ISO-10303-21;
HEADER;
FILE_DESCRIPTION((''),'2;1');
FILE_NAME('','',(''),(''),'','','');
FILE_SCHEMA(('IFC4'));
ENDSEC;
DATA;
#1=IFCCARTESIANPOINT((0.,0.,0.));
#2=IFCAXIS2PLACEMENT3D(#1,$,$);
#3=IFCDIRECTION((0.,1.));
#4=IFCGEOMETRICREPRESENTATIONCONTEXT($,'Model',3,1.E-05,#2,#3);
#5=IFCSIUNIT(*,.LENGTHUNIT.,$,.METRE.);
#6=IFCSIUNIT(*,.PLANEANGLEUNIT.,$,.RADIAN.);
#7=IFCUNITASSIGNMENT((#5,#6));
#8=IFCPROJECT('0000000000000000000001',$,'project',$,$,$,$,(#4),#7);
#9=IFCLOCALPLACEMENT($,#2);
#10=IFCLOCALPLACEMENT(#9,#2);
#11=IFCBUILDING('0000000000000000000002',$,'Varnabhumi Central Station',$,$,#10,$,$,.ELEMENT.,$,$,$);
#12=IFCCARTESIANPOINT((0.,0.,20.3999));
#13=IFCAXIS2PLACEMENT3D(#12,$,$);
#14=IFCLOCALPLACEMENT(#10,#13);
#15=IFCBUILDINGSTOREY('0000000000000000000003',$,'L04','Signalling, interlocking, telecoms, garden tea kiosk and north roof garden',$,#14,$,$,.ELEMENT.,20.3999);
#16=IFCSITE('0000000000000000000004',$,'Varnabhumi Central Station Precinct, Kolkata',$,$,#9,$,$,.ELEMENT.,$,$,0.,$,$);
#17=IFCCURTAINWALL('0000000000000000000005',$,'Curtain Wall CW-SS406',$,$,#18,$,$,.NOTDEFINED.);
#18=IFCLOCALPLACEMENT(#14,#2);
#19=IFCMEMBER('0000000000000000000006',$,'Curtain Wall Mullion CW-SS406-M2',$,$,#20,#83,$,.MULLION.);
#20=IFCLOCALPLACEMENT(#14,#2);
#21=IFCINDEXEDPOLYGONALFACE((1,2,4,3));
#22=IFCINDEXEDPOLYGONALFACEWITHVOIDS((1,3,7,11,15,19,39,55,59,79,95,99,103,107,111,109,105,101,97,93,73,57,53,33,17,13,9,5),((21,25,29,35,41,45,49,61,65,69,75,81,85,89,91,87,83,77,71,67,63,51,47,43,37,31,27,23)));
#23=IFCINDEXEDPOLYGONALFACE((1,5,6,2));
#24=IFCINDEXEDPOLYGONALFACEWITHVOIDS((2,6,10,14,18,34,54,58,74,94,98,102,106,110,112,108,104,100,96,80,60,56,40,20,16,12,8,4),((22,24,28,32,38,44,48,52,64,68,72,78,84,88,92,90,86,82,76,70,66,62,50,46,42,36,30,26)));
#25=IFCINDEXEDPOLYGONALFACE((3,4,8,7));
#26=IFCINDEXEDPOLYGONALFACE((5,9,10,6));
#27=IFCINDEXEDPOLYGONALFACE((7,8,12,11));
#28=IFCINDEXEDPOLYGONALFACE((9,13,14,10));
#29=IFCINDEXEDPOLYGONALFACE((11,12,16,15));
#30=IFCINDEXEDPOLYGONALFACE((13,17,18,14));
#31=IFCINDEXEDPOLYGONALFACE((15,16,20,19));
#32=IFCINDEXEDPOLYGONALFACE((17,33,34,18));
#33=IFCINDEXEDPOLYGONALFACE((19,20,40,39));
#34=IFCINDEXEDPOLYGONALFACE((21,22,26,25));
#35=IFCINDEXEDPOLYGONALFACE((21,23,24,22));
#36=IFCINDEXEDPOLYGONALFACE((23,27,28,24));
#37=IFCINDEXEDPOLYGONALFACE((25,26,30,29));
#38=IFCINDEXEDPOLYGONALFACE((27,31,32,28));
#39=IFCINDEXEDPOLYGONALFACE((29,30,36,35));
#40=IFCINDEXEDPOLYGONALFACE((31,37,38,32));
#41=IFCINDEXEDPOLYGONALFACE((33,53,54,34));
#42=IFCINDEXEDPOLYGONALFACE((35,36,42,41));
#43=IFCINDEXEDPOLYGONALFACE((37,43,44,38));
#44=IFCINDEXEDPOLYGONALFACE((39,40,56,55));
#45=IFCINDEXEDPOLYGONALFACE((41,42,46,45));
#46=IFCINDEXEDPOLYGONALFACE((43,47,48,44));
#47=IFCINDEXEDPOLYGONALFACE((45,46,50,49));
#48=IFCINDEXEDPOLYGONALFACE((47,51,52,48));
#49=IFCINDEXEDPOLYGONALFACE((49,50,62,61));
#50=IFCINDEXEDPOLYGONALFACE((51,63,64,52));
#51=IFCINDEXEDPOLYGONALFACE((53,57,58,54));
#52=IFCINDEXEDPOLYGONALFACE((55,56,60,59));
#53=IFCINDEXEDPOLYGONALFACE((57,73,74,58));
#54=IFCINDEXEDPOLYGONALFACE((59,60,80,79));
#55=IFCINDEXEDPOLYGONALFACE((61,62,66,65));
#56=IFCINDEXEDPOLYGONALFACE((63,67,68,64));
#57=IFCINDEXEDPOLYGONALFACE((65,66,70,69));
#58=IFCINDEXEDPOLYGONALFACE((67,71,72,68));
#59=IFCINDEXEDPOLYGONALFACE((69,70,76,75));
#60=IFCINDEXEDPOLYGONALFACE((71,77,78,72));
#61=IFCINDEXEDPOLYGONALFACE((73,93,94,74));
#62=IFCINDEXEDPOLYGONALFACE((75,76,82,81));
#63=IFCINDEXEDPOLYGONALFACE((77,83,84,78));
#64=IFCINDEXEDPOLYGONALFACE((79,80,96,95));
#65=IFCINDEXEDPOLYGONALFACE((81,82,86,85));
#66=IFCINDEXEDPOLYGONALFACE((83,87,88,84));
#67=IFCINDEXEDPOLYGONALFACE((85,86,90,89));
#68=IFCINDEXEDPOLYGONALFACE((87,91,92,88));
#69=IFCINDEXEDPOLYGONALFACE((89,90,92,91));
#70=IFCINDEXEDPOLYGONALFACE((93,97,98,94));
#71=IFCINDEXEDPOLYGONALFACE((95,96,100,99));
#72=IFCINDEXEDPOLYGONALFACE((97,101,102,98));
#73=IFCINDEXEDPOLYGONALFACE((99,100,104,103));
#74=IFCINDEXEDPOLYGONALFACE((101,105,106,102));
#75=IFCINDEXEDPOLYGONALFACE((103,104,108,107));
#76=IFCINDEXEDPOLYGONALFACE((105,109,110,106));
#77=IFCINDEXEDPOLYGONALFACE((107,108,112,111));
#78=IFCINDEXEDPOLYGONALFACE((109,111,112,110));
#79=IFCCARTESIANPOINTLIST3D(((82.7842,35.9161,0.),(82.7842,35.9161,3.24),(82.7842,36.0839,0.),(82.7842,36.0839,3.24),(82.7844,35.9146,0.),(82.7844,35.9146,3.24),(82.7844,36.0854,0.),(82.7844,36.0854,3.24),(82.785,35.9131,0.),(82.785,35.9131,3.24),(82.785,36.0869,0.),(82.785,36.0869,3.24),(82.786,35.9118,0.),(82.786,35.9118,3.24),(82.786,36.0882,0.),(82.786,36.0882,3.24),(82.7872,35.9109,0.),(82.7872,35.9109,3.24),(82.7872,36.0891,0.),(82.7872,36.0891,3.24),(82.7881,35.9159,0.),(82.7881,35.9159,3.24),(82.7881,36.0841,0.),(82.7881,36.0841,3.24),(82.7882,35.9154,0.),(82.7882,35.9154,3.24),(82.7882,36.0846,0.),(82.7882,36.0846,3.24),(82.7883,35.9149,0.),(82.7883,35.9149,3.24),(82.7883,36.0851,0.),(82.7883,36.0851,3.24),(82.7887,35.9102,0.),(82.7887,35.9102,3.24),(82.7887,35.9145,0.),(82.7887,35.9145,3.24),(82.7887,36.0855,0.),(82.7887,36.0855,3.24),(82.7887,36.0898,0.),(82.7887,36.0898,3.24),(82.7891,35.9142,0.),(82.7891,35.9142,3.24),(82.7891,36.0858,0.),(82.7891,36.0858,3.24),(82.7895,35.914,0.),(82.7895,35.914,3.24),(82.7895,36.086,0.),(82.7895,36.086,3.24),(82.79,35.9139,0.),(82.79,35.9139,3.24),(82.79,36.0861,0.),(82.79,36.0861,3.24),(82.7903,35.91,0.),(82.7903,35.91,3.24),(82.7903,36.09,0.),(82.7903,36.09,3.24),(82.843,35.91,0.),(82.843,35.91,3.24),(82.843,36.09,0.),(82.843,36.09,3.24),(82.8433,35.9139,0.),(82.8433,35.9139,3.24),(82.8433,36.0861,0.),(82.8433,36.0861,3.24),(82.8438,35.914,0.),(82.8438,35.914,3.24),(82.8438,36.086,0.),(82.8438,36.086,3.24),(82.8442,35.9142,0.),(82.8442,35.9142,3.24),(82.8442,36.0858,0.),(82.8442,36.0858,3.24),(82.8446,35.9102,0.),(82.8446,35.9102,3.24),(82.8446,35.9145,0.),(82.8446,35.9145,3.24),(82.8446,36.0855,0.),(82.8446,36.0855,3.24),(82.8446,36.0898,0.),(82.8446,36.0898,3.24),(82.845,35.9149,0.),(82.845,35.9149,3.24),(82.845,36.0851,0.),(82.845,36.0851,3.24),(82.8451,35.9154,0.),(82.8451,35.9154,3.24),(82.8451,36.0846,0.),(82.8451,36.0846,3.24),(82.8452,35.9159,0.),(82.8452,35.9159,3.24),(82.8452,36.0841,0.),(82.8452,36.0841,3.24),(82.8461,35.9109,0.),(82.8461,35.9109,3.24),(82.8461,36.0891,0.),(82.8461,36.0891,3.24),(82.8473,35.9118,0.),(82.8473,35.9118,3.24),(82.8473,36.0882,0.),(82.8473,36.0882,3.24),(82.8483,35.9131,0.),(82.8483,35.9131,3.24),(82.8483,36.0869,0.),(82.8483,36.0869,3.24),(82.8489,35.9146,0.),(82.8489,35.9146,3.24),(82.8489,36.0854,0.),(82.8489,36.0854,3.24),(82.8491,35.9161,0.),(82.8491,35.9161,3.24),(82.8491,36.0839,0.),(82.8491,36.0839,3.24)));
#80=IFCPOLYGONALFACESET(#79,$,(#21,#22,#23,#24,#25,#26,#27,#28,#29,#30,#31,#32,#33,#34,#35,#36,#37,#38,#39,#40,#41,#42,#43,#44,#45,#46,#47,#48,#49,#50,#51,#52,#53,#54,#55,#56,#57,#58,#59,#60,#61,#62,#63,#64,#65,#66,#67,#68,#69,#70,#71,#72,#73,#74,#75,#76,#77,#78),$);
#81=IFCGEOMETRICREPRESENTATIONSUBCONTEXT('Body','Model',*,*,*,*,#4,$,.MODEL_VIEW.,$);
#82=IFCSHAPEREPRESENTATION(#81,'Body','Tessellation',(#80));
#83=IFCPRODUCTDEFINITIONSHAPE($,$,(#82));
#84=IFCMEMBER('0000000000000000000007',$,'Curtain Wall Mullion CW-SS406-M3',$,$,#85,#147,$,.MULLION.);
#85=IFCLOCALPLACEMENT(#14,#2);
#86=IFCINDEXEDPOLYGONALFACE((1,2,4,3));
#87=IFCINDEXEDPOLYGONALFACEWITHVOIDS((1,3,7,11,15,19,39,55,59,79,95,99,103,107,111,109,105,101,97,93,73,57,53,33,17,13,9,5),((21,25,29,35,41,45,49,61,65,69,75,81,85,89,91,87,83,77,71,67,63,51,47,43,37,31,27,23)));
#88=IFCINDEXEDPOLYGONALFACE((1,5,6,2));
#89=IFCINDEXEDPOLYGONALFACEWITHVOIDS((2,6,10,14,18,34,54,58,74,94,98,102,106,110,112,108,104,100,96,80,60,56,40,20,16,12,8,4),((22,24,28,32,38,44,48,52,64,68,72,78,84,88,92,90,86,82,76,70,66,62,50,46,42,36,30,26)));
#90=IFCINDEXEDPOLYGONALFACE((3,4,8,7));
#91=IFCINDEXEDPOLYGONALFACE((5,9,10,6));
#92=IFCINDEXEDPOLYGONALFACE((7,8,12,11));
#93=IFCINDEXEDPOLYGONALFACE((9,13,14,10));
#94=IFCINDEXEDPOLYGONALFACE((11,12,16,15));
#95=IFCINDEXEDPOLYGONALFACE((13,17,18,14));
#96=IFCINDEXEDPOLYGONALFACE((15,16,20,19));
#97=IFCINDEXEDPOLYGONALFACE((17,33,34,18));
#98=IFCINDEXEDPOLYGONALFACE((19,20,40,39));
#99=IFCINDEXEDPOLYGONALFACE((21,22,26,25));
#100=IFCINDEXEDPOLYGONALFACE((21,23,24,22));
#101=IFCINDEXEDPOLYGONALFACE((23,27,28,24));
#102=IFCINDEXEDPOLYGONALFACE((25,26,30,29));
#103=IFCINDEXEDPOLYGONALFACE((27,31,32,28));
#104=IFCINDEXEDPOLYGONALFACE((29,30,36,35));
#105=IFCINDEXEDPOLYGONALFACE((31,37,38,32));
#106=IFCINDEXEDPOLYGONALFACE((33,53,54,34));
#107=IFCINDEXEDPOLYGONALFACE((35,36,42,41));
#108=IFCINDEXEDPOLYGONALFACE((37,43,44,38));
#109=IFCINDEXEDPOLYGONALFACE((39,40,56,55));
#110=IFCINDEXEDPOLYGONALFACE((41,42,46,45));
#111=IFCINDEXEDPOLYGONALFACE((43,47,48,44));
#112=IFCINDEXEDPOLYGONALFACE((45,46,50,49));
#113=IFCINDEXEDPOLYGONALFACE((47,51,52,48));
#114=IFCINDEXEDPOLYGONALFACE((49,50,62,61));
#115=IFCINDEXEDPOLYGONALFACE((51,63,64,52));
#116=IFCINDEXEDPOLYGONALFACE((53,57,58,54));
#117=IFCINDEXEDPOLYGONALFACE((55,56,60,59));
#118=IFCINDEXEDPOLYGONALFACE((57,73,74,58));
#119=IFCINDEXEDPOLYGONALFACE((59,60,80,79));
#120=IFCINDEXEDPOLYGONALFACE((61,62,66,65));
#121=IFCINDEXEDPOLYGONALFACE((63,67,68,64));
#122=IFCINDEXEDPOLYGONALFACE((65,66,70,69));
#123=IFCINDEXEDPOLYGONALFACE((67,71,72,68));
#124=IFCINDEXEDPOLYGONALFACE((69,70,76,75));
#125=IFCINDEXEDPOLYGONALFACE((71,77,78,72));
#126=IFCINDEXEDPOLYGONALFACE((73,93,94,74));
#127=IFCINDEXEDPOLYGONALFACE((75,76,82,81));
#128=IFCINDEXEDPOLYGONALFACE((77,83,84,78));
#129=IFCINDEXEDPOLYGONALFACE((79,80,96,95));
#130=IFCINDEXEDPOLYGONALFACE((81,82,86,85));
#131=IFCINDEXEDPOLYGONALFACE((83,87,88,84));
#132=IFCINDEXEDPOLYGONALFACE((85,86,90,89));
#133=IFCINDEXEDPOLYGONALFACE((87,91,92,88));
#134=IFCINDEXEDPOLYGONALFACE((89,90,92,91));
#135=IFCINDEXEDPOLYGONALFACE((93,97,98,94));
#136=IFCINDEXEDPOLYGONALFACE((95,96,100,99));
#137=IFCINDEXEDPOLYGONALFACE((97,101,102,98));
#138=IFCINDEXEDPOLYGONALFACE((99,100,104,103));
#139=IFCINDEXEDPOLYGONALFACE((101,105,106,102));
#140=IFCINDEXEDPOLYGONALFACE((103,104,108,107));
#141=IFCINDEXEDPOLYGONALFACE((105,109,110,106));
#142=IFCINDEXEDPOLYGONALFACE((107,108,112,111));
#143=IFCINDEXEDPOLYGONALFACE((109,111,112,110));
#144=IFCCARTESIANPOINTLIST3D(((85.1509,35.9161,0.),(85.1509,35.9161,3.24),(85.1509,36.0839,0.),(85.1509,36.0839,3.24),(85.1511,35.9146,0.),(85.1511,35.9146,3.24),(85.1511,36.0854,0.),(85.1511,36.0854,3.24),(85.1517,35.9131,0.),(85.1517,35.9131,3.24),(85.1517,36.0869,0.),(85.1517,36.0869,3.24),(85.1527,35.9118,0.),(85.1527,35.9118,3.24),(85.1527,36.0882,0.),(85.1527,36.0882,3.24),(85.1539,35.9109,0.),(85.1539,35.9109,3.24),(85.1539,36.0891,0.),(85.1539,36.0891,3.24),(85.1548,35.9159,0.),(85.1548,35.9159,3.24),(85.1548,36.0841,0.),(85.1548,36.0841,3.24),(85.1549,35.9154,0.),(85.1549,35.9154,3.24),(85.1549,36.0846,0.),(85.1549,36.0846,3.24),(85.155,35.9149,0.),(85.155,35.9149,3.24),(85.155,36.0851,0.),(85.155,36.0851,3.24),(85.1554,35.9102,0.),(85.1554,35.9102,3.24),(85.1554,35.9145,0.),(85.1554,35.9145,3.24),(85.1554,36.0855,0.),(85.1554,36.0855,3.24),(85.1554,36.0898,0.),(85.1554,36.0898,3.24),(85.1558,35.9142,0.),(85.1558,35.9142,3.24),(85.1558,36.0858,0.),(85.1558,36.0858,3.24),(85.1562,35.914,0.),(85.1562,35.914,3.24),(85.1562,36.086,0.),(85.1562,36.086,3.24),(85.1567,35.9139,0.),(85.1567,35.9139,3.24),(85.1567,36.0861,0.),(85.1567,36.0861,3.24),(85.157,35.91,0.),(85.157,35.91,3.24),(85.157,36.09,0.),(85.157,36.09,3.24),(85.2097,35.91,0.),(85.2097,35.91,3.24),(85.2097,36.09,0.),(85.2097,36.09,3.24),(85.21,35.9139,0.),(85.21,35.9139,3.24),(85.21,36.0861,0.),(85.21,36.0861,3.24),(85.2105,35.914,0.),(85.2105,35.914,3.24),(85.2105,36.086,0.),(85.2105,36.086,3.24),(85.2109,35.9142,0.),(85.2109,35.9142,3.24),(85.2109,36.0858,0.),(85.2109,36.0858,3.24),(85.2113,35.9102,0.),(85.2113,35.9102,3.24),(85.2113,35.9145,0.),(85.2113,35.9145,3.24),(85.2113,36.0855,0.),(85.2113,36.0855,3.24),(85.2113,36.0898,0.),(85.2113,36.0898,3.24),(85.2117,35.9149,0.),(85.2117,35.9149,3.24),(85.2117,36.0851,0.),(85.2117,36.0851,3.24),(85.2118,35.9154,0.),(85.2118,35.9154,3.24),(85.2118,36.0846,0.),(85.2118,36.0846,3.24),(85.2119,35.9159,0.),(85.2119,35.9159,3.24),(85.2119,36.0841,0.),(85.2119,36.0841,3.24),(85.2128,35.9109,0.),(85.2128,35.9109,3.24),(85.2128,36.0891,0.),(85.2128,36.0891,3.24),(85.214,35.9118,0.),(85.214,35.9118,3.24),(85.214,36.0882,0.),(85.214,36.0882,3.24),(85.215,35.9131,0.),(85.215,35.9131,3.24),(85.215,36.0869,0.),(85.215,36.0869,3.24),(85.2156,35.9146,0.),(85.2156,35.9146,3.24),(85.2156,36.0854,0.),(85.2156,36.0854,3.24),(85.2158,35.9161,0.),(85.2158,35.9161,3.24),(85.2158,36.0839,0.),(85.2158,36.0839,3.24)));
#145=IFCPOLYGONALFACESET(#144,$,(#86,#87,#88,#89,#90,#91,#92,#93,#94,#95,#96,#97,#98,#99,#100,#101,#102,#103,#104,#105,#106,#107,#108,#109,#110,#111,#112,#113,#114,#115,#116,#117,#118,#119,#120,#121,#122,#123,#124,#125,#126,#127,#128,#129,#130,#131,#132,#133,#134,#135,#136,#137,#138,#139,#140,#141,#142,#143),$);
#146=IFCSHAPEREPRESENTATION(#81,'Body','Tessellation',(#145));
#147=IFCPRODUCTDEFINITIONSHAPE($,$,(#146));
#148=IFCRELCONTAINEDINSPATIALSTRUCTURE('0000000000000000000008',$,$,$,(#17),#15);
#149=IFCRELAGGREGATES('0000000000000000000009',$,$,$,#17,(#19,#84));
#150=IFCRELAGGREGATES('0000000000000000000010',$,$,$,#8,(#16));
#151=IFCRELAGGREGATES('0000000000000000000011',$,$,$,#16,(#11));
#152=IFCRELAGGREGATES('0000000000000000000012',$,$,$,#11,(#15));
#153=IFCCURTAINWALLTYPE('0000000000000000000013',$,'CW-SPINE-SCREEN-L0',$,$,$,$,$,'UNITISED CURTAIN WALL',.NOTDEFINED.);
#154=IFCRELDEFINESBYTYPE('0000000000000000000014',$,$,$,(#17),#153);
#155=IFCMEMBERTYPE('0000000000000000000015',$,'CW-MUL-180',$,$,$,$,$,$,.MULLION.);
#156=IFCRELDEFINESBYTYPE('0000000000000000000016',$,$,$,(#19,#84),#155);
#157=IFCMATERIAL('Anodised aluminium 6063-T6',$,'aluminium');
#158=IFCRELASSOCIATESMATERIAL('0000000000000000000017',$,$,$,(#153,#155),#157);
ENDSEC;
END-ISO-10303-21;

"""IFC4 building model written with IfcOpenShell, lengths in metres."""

from ifc_helpers import new_model, si_unit, direction, frame, origin, origin_2d, place, context, subcontext, project, spatial, hollow_rectangle, extrude, material, material_profile, profile_set, type_object, element, aggregate, save


model = new_model("IFC4")

# Units and contexts
model_context = context("Model", 3, precision=1e-05, world=origin(), true_north=direction((0.0, 1.0)))
body_context = subcontext(model_context, "Body", "Model", "MODEL_VIEW")
ifc_project = project(units=[si_unit("LENGTHUNIT", "METRE"), si_unit("PLANEANGLEUNIT", "RADIAN")], contexts=[model_context])

# Site, building, storey
site_placement = place(None, origin())
site = spatial("IfcSite", under=ifc_project, at=site_placement, Name="Varnabhumi Central Station Precinct, Kolkata", CompositionType="ELEMENT", RefElevation=0.0)
building_placement = place(site_placement, origin())
building = spatial("IfcBuilding", under=site, at=building_placement, Name="Varnabhumi Central Station", CompositionType="ELEMENT")
storey_placement = place(building_placement, frame((0.0, 0.0, 20.3999)))
storey = spatial("IfcBuildingStorey", under=building, at=storey_placement, Name="L04", Description="Signalling, interlocking, telecoms, garden tea kiosk and north roof garden", CompositionType="ELEMENT", Elevation=20.3999)

# Curtain wall, members
ifc_material_1 = material(Name="Anodised aluminium 6063-T6", Category="aluminium")
curtain_wall_type = type_object("IfcCurtainWallType", Name="CW-SPINE-SCREEN-L0", ElementType="UNITISED CURTAIN WALL", PredefinedType="NOTDEFINED", material=ifc_material_1)
curtain_wall_placement = place(storey_placement, origin())
curtain_wall = element("IfcCurtainWall", 1, at=curtain_wall_placement, inside=storey, type_object=curtain_wall_type, Name="Curtain Wall CW-SS406", PredefinedType="NOTDEFINED")
ifc_material_profile_1 = material_profile(ifc_material_1, hollow_rectangle(XDim=0.0649, YDim=0.1799, WallThickness=0.0039, InnerFilletRadius=0.002, OuterFilletRadius=0.0061, at=origin_2d()), Name="Anodised aluminium 6063-T6", Category="aluminium")
ifc_profile_set_1 = profile_set([ifc_material_profile_1], Name="Anodised aluminium 6063-T6")
member_type_1 = type_object("IfcMemberType", Name="CW-MUL-180", PredefinedType="MULLION", material=ifc_profile_set_1)
member_1_placement = place(storey_placement, frame((82.8167, 36.0, 0.0), z_axis=(0.0, 0.0, 1.0), x_axis=(1.0, 0.0, 0.0)))
member_1 = element("IfcMember", 2, at=member_1_placement, type_object=member_type_1, Name="Curtain Wall Mullion CW-SS406-M2", PredefinedType="MULLION", context=body_context, shape_type="SweptSolid", body=[
    extrude(hollow_rectangle(XDim=0.0649, YDim=0.1799, WallThickness=0.0039, InnerFilletRadius=0.002, OuterFilletRadius=0.0061, at=origin_2d()), origin(), (0.0, 0.0, 1.0), 3.24),
])
member_2_placement = place(storey_placement, frame((85.1833, 36.0, 0.0), z_axis=(0.0, 0.0, 1.0), x_axis=(1.0, 0.0, 0.0)))
member_2 = element("IfcMember", 3, at=member_2_placement, type_object=member_type_1, Name="Curtain Wall Mullion CW-SS406-M3", PredefinedType="MULLION", context=body_context, shape_type="SweptSolid", body=[
    extrude(hollow_rectangle(XDim=0.0649, YDim=0.1799, WallThickness=0.0039, InnerFilletRadius=0.002, OuterFilletRadius=0.0061, at=origin_2d()), origin(), (0.0, 0.0, 1.0), 3.24),
])
aggregate(curtain_wall, [member_1, member_2])

save(model, "model.ifc")
